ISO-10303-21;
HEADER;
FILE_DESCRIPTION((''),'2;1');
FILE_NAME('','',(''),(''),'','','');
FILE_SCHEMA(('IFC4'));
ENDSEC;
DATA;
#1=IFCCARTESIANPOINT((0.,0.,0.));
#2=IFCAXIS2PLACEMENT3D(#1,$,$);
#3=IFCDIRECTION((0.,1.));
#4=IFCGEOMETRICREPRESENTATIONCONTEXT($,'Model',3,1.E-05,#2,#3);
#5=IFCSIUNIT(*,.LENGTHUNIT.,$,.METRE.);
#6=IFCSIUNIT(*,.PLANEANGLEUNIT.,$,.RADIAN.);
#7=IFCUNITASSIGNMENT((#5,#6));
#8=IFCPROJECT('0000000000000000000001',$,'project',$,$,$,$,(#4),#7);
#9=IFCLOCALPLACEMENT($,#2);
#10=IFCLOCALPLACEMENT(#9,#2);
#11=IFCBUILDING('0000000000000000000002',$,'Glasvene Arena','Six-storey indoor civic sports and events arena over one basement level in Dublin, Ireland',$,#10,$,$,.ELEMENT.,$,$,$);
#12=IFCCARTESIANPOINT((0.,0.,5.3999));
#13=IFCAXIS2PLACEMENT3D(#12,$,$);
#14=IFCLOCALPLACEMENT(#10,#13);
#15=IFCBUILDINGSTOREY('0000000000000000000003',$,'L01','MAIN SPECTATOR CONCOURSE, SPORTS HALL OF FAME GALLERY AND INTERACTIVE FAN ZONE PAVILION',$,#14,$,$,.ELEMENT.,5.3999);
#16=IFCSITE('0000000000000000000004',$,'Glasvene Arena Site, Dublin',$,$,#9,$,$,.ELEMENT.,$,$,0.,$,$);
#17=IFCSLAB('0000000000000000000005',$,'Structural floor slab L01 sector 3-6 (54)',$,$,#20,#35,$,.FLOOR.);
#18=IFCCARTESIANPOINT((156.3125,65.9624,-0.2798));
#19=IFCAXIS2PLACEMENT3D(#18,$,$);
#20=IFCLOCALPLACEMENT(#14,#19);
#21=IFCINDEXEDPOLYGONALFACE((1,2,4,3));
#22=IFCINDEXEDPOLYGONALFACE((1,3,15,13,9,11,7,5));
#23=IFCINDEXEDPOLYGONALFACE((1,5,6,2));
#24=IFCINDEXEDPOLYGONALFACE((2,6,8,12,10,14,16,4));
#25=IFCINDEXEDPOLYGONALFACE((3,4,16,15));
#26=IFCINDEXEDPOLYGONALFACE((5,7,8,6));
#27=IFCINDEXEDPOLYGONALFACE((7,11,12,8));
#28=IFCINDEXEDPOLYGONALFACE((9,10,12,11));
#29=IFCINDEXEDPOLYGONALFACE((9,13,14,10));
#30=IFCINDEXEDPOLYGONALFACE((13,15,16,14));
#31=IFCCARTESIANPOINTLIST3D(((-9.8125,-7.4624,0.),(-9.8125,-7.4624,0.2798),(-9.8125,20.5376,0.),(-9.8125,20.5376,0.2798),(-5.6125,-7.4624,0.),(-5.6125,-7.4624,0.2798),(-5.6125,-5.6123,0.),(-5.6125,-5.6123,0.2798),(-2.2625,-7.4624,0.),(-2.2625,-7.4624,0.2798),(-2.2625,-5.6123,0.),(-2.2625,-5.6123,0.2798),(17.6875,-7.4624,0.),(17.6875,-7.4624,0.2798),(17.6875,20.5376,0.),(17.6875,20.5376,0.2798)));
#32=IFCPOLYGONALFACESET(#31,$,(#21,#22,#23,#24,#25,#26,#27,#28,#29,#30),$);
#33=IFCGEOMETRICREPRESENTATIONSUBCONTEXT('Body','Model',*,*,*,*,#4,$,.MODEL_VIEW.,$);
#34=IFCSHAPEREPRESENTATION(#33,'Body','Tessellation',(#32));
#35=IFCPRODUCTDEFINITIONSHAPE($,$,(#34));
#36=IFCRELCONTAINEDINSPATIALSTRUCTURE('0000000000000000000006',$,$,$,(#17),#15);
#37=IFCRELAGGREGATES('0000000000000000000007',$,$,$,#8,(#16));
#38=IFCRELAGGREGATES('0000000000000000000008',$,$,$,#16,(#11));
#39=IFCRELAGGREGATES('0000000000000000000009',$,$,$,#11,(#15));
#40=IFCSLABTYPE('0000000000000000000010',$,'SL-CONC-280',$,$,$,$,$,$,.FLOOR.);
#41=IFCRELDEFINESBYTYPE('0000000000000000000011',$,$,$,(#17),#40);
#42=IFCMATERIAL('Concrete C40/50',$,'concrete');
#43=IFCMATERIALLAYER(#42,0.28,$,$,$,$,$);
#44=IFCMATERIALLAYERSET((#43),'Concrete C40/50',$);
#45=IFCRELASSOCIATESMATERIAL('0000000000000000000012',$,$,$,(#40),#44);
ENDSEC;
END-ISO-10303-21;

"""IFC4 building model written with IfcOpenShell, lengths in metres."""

from ifc_helpers import new_model, si_unit, direction, frame, origin, place, context, subcontext, project, spatial, polyline, outline, extrude, material, layer, layer_set, type_object, element, save


model = new_model("IFC4")

# Units and contexts
model_context = context("Model", 3, precision=1e-05, world=origin(), true_north=direction((0.0, 1.0)))
body_context = subcontext(model_context, "Body", "Model", "MODEL_VIEW")
ifc_project = project(units=[si_unit("LENGTHUNIT", "METRE"), si_unit("PLANEANGLEUNIT", "RADIAN")], contexts=[model_context])

# Site, building, storey
site_placement = place(None, origin())
site = spatial("IfcSite", under=ifc_project, at=site_placement, Name="Glasvene Arena Site, Dublin", CompositionType="ELEMENT", RefElevation=0.0)
building_placement = place(site_placement, origin())
building = spatial("IfcBuilding", under=site, at=building_placement, Name="Glasvene Arena", Description="Six-storey indoor civic sports and events arena over one basement level in Dublin, Ireland", CompositionType="ELEMENT")
storey_placement = place(building_placement, frame((0.0, 0.0, 5.3999)))
storey = spatial("IfcBuildingStorey", under=building, at=storey_placement, Name="L01", Description="MAIN SPECTATOR CONCOURSE, SPORTS HALL OF FAME GALLERY AND INTERACTIVE FAN ZONE PAVILION", CompositionType="ELEMENT", Elevation=5.3999)

# Slab
ifc_material_1 = material(Name="Concrete C40/50", Category="concrete")
ifc_layer_1 = layer(ifc_material_1, 0.28)
ifc_layer_set_1 = layer_set([ifc_layer_1], Name="Concrete C40/50")
slab_type = type_object("IfcSlabType", Name="SL-CONC-280", PredefinedType="FLOOR", material=ifc_layer_set_1)
slab_placement = place(storey_placement, frame((156.3125, 65.9624, -0.2798)))
element("IfcSlab", 1, at=slab_placement, inside=storey, type_object=slab_type, Name="Structural floor slab L01 sector 3-6 (54)", PredefinedType="FLOOR", context=body_context, shape_type="SweptSolid", body=[
    extrude(outline(polyline([(-2.2625, -7.4624), (-2.2625, -5.6123), (-5.6125, -5.6123), (-5.6125, -7.4624), (-9.8125, -7.4624), (-9.8125, 20.5376), (17.6875, 20.5376), (17.6875, -7.4624), (-2.2625, -7.4624)])), origin(), (0.0, 0.0, 1.0), 0.2798),
])

save(model, "model.ifc")
